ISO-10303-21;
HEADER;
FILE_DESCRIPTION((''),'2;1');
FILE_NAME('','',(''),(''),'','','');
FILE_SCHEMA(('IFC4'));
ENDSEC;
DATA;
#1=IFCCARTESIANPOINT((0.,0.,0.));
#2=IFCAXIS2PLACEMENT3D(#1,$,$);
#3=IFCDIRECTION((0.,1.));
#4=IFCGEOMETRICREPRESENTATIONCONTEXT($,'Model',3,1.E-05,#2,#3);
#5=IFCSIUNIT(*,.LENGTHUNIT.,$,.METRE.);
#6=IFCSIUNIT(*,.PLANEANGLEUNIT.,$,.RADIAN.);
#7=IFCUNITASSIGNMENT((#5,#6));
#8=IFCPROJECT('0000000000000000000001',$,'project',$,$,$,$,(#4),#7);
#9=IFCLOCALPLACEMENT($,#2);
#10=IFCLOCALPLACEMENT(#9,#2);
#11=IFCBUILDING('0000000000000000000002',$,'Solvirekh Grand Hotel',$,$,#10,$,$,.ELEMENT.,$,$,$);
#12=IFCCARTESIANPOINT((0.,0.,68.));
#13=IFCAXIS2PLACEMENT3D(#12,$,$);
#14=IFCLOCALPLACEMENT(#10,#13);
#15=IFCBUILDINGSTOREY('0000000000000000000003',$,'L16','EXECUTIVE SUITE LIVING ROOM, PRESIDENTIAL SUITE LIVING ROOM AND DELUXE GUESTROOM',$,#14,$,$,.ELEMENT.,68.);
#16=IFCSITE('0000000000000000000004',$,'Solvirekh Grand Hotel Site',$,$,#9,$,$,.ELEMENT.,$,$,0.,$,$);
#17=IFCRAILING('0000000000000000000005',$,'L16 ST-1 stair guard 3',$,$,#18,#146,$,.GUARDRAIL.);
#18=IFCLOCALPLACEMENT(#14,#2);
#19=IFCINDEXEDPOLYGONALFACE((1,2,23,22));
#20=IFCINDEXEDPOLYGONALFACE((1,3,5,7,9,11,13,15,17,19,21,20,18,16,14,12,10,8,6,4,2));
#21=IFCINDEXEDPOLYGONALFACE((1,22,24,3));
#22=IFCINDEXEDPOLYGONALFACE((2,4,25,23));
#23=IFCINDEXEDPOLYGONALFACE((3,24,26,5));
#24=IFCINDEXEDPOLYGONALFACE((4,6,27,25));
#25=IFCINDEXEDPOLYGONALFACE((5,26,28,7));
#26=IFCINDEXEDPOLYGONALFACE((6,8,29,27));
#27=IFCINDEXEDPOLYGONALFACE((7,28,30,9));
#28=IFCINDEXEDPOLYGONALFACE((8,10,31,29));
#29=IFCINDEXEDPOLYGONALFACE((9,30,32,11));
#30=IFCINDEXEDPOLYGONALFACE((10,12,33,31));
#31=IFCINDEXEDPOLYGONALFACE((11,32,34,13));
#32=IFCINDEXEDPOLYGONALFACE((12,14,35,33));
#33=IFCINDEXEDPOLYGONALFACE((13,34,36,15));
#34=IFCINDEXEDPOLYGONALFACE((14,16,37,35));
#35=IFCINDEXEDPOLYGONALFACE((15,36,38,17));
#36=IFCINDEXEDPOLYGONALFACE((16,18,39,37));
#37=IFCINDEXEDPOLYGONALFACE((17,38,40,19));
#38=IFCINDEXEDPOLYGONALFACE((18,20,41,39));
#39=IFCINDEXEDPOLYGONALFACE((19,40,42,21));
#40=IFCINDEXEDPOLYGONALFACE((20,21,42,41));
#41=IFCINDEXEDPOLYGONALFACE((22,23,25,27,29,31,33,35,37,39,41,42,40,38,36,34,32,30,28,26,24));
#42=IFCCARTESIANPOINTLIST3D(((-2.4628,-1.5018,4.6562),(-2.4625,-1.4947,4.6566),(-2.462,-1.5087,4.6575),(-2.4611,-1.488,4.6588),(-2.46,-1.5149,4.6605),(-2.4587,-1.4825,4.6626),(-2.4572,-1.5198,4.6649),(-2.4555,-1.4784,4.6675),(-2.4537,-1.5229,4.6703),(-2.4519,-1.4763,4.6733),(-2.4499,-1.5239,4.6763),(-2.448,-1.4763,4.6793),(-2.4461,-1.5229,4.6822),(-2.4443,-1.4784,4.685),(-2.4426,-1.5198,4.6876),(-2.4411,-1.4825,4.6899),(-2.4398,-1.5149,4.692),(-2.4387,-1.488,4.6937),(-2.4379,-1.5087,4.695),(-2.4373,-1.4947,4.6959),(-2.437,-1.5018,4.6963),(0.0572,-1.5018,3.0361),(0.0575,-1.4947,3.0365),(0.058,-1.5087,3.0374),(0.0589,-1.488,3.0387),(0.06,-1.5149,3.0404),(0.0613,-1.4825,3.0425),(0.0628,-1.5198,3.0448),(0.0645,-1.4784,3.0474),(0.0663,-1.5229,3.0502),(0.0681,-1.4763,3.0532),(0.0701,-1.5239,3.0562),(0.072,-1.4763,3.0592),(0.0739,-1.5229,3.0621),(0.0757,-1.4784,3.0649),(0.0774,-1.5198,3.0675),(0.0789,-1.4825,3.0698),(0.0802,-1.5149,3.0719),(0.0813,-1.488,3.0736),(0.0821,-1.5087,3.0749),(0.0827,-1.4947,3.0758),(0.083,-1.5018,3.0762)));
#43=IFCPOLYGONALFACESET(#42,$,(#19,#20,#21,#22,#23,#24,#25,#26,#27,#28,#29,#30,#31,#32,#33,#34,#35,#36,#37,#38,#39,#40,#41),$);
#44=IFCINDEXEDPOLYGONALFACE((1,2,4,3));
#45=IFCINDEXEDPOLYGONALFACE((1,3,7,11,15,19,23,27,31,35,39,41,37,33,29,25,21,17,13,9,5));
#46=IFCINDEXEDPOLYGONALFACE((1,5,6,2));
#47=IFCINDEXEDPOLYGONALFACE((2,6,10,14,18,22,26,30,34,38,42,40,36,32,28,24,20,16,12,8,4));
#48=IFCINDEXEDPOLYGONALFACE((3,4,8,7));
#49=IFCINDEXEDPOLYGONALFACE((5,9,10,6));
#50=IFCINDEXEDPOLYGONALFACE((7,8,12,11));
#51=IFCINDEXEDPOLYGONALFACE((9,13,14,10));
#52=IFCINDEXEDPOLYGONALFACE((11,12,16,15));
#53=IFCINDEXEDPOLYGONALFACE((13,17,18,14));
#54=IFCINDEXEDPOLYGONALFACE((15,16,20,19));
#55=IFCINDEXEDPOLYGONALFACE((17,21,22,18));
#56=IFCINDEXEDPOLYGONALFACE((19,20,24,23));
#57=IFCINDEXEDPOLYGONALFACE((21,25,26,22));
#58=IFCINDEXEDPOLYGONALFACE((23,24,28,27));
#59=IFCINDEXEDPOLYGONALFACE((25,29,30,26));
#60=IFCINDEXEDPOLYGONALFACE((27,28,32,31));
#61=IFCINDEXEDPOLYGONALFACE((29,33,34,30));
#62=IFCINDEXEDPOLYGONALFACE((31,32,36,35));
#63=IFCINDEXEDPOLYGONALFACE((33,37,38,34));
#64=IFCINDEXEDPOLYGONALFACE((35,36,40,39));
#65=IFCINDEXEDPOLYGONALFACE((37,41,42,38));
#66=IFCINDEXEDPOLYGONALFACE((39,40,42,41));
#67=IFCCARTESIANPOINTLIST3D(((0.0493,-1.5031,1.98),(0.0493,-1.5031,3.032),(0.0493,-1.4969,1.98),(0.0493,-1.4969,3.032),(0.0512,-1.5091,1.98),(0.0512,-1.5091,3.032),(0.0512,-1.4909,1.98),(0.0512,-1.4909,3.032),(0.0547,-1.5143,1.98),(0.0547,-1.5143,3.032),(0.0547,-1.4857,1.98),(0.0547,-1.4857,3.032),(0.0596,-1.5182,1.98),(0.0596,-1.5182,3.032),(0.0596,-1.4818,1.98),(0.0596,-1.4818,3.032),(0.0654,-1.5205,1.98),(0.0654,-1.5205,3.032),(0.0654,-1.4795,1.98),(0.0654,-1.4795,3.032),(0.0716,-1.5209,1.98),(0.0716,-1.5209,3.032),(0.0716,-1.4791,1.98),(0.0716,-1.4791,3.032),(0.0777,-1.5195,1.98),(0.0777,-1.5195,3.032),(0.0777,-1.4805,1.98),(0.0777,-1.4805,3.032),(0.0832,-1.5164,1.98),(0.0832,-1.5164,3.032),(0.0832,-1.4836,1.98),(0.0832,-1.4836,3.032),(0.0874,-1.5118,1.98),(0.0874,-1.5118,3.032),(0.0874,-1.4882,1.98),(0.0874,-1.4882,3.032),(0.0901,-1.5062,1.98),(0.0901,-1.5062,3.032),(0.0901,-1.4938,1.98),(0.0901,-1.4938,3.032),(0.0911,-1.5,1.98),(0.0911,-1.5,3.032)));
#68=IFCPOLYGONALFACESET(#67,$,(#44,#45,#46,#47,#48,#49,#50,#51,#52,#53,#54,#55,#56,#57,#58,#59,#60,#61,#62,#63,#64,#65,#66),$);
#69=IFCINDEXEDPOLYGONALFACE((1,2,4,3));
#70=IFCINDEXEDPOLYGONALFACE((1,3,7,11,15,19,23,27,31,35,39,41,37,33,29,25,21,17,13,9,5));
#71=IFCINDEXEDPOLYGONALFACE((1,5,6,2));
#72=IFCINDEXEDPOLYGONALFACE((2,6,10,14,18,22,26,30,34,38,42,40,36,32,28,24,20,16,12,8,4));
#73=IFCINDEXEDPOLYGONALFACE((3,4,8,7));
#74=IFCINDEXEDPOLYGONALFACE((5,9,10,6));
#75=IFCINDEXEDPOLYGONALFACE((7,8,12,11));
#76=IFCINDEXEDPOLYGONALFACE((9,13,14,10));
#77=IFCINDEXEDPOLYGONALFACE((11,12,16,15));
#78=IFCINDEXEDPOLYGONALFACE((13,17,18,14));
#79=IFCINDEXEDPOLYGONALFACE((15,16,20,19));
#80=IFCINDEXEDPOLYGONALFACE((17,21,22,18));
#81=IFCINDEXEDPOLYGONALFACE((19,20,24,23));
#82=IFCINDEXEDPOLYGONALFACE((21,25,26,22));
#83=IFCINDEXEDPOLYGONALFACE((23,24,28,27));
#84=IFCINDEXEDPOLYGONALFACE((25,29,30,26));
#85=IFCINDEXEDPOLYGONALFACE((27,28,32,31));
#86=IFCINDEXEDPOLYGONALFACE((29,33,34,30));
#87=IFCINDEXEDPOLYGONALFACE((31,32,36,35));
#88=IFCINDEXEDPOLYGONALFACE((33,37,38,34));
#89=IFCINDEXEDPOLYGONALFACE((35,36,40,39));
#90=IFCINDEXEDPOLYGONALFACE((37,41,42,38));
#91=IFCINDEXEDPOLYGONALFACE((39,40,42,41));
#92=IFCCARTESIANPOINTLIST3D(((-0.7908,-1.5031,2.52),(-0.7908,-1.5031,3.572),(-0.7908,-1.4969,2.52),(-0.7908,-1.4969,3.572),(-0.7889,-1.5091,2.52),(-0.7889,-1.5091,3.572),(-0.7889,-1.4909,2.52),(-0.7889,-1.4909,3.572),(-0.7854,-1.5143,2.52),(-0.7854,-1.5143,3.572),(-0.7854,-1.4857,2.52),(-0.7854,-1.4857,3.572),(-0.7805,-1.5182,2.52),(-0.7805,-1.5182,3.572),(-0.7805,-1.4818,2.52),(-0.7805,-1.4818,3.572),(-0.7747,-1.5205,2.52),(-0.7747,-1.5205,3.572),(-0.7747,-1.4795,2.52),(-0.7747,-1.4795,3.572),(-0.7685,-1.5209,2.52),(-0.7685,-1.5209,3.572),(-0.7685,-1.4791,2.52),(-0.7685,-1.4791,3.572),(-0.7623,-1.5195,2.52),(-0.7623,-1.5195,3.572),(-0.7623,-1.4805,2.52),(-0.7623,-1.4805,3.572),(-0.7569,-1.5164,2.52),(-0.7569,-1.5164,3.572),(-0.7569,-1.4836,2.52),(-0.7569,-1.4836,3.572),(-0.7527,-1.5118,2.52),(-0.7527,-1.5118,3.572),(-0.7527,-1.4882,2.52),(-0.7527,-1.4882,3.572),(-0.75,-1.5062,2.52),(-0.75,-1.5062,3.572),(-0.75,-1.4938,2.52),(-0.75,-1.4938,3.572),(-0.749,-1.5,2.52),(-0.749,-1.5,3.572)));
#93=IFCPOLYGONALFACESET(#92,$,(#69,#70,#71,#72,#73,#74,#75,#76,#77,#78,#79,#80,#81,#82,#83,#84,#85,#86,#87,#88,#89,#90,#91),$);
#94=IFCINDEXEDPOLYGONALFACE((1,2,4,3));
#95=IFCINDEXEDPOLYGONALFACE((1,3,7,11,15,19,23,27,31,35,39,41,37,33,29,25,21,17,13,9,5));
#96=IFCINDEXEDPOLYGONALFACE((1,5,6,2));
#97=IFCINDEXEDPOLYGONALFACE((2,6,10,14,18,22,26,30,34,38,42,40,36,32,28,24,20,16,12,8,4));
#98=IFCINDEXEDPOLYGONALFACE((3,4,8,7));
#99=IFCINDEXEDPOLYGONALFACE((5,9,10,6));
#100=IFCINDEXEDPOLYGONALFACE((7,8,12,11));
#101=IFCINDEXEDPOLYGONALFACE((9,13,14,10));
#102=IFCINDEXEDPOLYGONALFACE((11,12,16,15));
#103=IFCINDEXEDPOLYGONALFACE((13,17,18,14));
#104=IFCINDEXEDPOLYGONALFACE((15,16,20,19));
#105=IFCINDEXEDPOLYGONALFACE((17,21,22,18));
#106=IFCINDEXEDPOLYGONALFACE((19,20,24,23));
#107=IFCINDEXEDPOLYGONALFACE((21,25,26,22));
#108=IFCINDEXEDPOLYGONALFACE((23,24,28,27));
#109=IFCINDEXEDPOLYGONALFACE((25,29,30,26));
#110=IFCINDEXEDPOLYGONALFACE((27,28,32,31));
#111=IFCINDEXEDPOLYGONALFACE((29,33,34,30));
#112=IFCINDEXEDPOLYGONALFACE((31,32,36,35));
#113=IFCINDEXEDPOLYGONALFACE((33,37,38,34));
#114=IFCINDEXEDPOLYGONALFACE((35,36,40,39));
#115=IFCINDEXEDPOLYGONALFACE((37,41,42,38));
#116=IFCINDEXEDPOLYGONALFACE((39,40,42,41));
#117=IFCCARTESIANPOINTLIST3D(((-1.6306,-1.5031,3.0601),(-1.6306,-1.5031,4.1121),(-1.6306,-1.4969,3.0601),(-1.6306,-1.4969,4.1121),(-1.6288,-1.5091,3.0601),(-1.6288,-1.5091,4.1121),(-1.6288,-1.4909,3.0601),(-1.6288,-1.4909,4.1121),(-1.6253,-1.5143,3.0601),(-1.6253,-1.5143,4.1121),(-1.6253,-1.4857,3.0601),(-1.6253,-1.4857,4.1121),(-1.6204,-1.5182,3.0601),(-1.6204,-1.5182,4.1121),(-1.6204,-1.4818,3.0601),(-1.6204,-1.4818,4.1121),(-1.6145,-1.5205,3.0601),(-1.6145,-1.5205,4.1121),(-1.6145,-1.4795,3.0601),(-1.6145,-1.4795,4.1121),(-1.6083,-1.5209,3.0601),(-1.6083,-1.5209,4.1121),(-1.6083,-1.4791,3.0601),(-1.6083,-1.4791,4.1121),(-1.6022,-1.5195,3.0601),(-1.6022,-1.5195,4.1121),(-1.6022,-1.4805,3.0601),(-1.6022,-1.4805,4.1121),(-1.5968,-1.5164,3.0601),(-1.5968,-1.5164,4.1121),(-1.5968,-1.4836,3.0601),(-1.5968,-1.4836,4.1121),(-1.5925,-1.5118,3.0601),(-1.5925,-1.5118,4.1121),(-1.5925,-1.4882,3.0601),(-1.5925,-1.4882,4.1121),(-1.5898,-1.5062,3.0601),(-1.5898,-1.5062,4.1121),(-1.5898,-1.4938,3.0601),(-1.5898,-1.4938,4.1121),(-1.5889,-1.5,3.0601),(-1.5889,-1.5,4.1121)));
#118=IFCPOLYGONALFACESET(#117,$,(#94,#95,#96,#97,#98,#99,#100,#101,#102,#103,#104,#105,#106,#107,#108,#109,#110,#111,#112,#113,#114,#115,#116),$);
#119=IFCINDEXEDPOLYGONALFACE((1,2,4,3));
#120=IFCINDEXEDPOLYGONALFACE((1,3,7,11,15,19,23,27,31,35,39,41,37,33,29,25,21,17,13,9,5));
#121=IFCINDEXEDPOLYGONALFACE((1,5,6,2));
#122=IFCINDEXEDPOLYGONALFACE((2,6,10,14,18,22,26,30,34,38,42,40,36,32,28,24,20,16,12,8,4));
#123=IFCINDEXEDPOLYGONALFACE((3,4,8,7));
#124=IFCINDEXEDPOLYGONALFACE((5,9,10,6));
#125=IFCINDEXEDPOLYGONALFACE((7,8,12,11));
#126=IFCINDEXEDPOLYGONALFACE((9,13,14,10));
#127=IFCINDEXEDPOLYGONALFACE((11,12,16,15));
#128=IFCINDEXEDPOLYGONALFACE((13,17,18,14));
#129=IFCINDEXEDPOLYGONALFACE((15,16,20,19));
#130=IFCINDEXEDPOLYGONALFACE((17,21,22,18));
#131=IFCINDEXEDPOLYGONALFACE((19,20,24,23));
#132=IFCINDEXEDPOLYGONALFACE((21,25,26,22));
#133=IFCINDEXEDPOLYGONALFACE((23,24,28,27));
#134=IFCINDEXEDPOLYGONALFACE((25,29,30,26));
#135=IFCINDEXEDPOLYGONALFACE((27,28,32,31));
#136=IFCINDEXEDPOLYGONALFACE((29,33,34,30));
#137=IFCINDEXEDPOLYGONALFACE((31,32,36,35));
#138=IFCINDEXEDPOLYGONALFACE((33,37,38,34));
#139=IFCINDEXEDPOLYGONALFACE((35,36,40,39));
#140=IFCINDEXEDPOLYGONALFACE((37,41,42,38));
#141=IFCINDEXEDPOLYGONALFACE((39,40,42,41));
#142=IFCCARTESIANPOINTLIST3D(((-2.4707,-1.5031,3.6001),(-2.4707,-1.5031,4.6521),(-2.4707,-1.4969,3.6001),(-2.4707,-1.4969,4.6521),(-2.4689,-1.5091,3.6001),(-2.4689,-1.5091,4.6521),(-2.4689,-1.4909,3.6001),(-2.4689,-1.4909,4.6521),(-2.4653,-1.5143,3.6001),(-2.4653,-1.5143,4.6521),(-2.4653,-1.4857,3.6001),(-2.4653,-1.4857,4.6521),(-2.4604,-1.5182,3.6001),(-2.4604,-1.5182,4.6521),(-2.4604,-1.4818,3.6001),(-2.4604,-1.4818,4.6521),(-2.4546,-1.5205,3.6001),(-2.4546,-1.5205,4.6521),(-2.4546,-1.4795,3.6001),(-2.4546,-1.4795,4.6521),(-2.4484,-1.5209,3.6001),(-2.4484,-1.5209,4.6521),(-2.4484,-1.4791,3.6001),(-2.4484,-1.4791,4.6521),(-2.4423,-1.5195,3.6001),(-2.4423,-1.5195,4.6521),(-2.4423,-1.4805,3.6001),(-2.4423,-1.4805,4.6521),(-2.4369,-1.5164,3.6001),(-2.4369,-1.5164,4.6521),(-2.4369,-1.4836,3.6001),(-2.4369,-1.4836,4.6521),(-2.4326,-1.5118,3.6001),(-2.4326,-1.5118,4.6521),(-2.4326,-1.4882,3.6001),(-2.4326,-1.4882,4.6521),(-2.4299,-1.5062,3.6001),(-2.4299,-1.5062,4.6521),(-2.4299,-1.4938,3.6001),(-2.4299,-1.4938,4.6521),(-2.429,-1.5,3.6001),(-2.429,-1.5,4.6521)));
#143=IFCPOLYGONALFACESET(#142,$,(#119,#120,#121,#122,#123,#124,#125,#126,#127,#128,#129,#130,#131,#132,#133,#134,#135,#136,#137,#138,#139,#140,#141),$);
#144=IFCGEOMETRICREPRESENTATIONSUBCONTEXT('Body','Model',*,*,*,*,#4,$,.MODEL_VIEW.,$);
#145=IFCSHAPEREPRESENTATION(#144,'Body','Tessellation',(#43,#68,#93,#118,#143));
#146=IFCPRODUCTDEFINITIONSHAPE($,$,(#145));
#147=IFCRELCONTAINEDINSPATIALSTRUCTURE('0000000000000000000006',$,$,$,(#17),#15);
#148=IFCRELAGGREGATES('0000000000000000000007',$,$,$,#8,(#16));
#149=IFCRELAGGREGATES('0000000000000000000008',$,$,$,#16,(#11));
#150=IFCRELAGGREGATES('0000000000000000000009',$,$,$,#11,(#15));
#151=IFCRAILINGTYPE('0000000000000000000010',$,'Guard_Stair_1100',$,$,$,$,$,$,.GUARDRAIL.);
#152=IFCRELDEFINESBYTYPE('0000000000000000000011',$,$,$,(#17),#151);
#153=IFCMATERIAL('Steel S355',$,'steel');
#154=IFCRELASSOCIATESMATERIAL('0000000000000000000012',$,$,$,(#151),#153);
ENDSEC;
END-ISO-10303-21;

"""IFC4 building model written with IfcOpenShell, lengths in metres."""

from ifc_helpers import new_model, si_unit, direction, frame, origin, origin_2d, place, context, subcontext, project, spatial, circle, extrude, material, type_object, element, save


model = new_model("IFC4")

# Units and contexts
model_context = context("Model", 3, precision=1e-05, world=origin(), true_north=direction((0.0, 1.0)))
body_context = subcontext(model_context, "Body", "Model", "MODEL_VIEW")
ifc_project = project(units=[si_unit("LENGTHUNIT", "METRE"), si_unit("PLANEANGLEUNIT", "RADIAN")], contexts=[model_context])

# Site, building, storey
site_placement = place(None, origin())
site = spatial("IfcSite", under=ifc_project, at=site_placement, Name="Solvirekh Grand Hotel Site", CompositionType="ELEMENT", RefElevation=0.0)
building_placement = place(site_placement, origin())
building = spatial("IfcBuilding", under=site, at=building_placement, Name="Solvirekh Grand Hotel", CompositionType="ELEMENT")
storey_placement = place(building_placement, frame((0.0, 0.0, 68.0)))
storey = spatial("IfcBuildingStorey", under=building, at=storey_placement, Name="L16", Description="EXECUTIVE SUITE LIVING ROOM, PRESIDENTIAL SUITE LIVING ROOM AND DELUXE GUESTROOM", CompositionType="ELEMENT", Elevation=68.0)

# Shared definitions
ifc_material_1 = material(Name="Steel S355", Category="steel")

# Railing
railing_type_1 = type_object("IfcRailingType", Name="Guard_Stair_1100", PredefinedType="GUARDRAIL", material=ifc_material_1)
railing_1_placement = place(storey_placement, frame((0.0701, -1.5, 1.98)))
element("IfcRailing", 1, at=railing_1_placement, inside=storey, type_object=railing_type_1, Name="L16 ST-1 stair guard 3", PredefinedType="GUARDRAIL", context=body_context, shape_type="SweptSolid", body=[
    extrude(circle(Radius=0.0239, at=origin_2d()), frame((0.0, 0.0, 1.0762), z_axis=(-0.841163, 0.0, 0.540782), x_axis=(0.0, -1.0, 0.0)), (0.0, 0.0, 1.0), 2.9958),
    extrude(circle(Radius=0.021, at=origin_2d()), origin(), (0.0, 0.0, 1.0), 1.052),
    extrude(circle(Radius=0.021, at=origin_2d()), frame((-0.8401, 0.0, 0.54)), (0.0, 0.0, 1.0), 1.052),
    extrude(circle(Radius=0.021, at=origin_2d()), frame((-1.6799, 0.0, 1.0801)), (0.0, 0.0, 1.0), 1.052),
    extrude(circle(Radius=0.021, at=origin_2d()), frame((-2.52, 0.0, 1.6201)), (0.0, 0.0, 1.0), 1.052),
])

save(model, "model.ifc")
